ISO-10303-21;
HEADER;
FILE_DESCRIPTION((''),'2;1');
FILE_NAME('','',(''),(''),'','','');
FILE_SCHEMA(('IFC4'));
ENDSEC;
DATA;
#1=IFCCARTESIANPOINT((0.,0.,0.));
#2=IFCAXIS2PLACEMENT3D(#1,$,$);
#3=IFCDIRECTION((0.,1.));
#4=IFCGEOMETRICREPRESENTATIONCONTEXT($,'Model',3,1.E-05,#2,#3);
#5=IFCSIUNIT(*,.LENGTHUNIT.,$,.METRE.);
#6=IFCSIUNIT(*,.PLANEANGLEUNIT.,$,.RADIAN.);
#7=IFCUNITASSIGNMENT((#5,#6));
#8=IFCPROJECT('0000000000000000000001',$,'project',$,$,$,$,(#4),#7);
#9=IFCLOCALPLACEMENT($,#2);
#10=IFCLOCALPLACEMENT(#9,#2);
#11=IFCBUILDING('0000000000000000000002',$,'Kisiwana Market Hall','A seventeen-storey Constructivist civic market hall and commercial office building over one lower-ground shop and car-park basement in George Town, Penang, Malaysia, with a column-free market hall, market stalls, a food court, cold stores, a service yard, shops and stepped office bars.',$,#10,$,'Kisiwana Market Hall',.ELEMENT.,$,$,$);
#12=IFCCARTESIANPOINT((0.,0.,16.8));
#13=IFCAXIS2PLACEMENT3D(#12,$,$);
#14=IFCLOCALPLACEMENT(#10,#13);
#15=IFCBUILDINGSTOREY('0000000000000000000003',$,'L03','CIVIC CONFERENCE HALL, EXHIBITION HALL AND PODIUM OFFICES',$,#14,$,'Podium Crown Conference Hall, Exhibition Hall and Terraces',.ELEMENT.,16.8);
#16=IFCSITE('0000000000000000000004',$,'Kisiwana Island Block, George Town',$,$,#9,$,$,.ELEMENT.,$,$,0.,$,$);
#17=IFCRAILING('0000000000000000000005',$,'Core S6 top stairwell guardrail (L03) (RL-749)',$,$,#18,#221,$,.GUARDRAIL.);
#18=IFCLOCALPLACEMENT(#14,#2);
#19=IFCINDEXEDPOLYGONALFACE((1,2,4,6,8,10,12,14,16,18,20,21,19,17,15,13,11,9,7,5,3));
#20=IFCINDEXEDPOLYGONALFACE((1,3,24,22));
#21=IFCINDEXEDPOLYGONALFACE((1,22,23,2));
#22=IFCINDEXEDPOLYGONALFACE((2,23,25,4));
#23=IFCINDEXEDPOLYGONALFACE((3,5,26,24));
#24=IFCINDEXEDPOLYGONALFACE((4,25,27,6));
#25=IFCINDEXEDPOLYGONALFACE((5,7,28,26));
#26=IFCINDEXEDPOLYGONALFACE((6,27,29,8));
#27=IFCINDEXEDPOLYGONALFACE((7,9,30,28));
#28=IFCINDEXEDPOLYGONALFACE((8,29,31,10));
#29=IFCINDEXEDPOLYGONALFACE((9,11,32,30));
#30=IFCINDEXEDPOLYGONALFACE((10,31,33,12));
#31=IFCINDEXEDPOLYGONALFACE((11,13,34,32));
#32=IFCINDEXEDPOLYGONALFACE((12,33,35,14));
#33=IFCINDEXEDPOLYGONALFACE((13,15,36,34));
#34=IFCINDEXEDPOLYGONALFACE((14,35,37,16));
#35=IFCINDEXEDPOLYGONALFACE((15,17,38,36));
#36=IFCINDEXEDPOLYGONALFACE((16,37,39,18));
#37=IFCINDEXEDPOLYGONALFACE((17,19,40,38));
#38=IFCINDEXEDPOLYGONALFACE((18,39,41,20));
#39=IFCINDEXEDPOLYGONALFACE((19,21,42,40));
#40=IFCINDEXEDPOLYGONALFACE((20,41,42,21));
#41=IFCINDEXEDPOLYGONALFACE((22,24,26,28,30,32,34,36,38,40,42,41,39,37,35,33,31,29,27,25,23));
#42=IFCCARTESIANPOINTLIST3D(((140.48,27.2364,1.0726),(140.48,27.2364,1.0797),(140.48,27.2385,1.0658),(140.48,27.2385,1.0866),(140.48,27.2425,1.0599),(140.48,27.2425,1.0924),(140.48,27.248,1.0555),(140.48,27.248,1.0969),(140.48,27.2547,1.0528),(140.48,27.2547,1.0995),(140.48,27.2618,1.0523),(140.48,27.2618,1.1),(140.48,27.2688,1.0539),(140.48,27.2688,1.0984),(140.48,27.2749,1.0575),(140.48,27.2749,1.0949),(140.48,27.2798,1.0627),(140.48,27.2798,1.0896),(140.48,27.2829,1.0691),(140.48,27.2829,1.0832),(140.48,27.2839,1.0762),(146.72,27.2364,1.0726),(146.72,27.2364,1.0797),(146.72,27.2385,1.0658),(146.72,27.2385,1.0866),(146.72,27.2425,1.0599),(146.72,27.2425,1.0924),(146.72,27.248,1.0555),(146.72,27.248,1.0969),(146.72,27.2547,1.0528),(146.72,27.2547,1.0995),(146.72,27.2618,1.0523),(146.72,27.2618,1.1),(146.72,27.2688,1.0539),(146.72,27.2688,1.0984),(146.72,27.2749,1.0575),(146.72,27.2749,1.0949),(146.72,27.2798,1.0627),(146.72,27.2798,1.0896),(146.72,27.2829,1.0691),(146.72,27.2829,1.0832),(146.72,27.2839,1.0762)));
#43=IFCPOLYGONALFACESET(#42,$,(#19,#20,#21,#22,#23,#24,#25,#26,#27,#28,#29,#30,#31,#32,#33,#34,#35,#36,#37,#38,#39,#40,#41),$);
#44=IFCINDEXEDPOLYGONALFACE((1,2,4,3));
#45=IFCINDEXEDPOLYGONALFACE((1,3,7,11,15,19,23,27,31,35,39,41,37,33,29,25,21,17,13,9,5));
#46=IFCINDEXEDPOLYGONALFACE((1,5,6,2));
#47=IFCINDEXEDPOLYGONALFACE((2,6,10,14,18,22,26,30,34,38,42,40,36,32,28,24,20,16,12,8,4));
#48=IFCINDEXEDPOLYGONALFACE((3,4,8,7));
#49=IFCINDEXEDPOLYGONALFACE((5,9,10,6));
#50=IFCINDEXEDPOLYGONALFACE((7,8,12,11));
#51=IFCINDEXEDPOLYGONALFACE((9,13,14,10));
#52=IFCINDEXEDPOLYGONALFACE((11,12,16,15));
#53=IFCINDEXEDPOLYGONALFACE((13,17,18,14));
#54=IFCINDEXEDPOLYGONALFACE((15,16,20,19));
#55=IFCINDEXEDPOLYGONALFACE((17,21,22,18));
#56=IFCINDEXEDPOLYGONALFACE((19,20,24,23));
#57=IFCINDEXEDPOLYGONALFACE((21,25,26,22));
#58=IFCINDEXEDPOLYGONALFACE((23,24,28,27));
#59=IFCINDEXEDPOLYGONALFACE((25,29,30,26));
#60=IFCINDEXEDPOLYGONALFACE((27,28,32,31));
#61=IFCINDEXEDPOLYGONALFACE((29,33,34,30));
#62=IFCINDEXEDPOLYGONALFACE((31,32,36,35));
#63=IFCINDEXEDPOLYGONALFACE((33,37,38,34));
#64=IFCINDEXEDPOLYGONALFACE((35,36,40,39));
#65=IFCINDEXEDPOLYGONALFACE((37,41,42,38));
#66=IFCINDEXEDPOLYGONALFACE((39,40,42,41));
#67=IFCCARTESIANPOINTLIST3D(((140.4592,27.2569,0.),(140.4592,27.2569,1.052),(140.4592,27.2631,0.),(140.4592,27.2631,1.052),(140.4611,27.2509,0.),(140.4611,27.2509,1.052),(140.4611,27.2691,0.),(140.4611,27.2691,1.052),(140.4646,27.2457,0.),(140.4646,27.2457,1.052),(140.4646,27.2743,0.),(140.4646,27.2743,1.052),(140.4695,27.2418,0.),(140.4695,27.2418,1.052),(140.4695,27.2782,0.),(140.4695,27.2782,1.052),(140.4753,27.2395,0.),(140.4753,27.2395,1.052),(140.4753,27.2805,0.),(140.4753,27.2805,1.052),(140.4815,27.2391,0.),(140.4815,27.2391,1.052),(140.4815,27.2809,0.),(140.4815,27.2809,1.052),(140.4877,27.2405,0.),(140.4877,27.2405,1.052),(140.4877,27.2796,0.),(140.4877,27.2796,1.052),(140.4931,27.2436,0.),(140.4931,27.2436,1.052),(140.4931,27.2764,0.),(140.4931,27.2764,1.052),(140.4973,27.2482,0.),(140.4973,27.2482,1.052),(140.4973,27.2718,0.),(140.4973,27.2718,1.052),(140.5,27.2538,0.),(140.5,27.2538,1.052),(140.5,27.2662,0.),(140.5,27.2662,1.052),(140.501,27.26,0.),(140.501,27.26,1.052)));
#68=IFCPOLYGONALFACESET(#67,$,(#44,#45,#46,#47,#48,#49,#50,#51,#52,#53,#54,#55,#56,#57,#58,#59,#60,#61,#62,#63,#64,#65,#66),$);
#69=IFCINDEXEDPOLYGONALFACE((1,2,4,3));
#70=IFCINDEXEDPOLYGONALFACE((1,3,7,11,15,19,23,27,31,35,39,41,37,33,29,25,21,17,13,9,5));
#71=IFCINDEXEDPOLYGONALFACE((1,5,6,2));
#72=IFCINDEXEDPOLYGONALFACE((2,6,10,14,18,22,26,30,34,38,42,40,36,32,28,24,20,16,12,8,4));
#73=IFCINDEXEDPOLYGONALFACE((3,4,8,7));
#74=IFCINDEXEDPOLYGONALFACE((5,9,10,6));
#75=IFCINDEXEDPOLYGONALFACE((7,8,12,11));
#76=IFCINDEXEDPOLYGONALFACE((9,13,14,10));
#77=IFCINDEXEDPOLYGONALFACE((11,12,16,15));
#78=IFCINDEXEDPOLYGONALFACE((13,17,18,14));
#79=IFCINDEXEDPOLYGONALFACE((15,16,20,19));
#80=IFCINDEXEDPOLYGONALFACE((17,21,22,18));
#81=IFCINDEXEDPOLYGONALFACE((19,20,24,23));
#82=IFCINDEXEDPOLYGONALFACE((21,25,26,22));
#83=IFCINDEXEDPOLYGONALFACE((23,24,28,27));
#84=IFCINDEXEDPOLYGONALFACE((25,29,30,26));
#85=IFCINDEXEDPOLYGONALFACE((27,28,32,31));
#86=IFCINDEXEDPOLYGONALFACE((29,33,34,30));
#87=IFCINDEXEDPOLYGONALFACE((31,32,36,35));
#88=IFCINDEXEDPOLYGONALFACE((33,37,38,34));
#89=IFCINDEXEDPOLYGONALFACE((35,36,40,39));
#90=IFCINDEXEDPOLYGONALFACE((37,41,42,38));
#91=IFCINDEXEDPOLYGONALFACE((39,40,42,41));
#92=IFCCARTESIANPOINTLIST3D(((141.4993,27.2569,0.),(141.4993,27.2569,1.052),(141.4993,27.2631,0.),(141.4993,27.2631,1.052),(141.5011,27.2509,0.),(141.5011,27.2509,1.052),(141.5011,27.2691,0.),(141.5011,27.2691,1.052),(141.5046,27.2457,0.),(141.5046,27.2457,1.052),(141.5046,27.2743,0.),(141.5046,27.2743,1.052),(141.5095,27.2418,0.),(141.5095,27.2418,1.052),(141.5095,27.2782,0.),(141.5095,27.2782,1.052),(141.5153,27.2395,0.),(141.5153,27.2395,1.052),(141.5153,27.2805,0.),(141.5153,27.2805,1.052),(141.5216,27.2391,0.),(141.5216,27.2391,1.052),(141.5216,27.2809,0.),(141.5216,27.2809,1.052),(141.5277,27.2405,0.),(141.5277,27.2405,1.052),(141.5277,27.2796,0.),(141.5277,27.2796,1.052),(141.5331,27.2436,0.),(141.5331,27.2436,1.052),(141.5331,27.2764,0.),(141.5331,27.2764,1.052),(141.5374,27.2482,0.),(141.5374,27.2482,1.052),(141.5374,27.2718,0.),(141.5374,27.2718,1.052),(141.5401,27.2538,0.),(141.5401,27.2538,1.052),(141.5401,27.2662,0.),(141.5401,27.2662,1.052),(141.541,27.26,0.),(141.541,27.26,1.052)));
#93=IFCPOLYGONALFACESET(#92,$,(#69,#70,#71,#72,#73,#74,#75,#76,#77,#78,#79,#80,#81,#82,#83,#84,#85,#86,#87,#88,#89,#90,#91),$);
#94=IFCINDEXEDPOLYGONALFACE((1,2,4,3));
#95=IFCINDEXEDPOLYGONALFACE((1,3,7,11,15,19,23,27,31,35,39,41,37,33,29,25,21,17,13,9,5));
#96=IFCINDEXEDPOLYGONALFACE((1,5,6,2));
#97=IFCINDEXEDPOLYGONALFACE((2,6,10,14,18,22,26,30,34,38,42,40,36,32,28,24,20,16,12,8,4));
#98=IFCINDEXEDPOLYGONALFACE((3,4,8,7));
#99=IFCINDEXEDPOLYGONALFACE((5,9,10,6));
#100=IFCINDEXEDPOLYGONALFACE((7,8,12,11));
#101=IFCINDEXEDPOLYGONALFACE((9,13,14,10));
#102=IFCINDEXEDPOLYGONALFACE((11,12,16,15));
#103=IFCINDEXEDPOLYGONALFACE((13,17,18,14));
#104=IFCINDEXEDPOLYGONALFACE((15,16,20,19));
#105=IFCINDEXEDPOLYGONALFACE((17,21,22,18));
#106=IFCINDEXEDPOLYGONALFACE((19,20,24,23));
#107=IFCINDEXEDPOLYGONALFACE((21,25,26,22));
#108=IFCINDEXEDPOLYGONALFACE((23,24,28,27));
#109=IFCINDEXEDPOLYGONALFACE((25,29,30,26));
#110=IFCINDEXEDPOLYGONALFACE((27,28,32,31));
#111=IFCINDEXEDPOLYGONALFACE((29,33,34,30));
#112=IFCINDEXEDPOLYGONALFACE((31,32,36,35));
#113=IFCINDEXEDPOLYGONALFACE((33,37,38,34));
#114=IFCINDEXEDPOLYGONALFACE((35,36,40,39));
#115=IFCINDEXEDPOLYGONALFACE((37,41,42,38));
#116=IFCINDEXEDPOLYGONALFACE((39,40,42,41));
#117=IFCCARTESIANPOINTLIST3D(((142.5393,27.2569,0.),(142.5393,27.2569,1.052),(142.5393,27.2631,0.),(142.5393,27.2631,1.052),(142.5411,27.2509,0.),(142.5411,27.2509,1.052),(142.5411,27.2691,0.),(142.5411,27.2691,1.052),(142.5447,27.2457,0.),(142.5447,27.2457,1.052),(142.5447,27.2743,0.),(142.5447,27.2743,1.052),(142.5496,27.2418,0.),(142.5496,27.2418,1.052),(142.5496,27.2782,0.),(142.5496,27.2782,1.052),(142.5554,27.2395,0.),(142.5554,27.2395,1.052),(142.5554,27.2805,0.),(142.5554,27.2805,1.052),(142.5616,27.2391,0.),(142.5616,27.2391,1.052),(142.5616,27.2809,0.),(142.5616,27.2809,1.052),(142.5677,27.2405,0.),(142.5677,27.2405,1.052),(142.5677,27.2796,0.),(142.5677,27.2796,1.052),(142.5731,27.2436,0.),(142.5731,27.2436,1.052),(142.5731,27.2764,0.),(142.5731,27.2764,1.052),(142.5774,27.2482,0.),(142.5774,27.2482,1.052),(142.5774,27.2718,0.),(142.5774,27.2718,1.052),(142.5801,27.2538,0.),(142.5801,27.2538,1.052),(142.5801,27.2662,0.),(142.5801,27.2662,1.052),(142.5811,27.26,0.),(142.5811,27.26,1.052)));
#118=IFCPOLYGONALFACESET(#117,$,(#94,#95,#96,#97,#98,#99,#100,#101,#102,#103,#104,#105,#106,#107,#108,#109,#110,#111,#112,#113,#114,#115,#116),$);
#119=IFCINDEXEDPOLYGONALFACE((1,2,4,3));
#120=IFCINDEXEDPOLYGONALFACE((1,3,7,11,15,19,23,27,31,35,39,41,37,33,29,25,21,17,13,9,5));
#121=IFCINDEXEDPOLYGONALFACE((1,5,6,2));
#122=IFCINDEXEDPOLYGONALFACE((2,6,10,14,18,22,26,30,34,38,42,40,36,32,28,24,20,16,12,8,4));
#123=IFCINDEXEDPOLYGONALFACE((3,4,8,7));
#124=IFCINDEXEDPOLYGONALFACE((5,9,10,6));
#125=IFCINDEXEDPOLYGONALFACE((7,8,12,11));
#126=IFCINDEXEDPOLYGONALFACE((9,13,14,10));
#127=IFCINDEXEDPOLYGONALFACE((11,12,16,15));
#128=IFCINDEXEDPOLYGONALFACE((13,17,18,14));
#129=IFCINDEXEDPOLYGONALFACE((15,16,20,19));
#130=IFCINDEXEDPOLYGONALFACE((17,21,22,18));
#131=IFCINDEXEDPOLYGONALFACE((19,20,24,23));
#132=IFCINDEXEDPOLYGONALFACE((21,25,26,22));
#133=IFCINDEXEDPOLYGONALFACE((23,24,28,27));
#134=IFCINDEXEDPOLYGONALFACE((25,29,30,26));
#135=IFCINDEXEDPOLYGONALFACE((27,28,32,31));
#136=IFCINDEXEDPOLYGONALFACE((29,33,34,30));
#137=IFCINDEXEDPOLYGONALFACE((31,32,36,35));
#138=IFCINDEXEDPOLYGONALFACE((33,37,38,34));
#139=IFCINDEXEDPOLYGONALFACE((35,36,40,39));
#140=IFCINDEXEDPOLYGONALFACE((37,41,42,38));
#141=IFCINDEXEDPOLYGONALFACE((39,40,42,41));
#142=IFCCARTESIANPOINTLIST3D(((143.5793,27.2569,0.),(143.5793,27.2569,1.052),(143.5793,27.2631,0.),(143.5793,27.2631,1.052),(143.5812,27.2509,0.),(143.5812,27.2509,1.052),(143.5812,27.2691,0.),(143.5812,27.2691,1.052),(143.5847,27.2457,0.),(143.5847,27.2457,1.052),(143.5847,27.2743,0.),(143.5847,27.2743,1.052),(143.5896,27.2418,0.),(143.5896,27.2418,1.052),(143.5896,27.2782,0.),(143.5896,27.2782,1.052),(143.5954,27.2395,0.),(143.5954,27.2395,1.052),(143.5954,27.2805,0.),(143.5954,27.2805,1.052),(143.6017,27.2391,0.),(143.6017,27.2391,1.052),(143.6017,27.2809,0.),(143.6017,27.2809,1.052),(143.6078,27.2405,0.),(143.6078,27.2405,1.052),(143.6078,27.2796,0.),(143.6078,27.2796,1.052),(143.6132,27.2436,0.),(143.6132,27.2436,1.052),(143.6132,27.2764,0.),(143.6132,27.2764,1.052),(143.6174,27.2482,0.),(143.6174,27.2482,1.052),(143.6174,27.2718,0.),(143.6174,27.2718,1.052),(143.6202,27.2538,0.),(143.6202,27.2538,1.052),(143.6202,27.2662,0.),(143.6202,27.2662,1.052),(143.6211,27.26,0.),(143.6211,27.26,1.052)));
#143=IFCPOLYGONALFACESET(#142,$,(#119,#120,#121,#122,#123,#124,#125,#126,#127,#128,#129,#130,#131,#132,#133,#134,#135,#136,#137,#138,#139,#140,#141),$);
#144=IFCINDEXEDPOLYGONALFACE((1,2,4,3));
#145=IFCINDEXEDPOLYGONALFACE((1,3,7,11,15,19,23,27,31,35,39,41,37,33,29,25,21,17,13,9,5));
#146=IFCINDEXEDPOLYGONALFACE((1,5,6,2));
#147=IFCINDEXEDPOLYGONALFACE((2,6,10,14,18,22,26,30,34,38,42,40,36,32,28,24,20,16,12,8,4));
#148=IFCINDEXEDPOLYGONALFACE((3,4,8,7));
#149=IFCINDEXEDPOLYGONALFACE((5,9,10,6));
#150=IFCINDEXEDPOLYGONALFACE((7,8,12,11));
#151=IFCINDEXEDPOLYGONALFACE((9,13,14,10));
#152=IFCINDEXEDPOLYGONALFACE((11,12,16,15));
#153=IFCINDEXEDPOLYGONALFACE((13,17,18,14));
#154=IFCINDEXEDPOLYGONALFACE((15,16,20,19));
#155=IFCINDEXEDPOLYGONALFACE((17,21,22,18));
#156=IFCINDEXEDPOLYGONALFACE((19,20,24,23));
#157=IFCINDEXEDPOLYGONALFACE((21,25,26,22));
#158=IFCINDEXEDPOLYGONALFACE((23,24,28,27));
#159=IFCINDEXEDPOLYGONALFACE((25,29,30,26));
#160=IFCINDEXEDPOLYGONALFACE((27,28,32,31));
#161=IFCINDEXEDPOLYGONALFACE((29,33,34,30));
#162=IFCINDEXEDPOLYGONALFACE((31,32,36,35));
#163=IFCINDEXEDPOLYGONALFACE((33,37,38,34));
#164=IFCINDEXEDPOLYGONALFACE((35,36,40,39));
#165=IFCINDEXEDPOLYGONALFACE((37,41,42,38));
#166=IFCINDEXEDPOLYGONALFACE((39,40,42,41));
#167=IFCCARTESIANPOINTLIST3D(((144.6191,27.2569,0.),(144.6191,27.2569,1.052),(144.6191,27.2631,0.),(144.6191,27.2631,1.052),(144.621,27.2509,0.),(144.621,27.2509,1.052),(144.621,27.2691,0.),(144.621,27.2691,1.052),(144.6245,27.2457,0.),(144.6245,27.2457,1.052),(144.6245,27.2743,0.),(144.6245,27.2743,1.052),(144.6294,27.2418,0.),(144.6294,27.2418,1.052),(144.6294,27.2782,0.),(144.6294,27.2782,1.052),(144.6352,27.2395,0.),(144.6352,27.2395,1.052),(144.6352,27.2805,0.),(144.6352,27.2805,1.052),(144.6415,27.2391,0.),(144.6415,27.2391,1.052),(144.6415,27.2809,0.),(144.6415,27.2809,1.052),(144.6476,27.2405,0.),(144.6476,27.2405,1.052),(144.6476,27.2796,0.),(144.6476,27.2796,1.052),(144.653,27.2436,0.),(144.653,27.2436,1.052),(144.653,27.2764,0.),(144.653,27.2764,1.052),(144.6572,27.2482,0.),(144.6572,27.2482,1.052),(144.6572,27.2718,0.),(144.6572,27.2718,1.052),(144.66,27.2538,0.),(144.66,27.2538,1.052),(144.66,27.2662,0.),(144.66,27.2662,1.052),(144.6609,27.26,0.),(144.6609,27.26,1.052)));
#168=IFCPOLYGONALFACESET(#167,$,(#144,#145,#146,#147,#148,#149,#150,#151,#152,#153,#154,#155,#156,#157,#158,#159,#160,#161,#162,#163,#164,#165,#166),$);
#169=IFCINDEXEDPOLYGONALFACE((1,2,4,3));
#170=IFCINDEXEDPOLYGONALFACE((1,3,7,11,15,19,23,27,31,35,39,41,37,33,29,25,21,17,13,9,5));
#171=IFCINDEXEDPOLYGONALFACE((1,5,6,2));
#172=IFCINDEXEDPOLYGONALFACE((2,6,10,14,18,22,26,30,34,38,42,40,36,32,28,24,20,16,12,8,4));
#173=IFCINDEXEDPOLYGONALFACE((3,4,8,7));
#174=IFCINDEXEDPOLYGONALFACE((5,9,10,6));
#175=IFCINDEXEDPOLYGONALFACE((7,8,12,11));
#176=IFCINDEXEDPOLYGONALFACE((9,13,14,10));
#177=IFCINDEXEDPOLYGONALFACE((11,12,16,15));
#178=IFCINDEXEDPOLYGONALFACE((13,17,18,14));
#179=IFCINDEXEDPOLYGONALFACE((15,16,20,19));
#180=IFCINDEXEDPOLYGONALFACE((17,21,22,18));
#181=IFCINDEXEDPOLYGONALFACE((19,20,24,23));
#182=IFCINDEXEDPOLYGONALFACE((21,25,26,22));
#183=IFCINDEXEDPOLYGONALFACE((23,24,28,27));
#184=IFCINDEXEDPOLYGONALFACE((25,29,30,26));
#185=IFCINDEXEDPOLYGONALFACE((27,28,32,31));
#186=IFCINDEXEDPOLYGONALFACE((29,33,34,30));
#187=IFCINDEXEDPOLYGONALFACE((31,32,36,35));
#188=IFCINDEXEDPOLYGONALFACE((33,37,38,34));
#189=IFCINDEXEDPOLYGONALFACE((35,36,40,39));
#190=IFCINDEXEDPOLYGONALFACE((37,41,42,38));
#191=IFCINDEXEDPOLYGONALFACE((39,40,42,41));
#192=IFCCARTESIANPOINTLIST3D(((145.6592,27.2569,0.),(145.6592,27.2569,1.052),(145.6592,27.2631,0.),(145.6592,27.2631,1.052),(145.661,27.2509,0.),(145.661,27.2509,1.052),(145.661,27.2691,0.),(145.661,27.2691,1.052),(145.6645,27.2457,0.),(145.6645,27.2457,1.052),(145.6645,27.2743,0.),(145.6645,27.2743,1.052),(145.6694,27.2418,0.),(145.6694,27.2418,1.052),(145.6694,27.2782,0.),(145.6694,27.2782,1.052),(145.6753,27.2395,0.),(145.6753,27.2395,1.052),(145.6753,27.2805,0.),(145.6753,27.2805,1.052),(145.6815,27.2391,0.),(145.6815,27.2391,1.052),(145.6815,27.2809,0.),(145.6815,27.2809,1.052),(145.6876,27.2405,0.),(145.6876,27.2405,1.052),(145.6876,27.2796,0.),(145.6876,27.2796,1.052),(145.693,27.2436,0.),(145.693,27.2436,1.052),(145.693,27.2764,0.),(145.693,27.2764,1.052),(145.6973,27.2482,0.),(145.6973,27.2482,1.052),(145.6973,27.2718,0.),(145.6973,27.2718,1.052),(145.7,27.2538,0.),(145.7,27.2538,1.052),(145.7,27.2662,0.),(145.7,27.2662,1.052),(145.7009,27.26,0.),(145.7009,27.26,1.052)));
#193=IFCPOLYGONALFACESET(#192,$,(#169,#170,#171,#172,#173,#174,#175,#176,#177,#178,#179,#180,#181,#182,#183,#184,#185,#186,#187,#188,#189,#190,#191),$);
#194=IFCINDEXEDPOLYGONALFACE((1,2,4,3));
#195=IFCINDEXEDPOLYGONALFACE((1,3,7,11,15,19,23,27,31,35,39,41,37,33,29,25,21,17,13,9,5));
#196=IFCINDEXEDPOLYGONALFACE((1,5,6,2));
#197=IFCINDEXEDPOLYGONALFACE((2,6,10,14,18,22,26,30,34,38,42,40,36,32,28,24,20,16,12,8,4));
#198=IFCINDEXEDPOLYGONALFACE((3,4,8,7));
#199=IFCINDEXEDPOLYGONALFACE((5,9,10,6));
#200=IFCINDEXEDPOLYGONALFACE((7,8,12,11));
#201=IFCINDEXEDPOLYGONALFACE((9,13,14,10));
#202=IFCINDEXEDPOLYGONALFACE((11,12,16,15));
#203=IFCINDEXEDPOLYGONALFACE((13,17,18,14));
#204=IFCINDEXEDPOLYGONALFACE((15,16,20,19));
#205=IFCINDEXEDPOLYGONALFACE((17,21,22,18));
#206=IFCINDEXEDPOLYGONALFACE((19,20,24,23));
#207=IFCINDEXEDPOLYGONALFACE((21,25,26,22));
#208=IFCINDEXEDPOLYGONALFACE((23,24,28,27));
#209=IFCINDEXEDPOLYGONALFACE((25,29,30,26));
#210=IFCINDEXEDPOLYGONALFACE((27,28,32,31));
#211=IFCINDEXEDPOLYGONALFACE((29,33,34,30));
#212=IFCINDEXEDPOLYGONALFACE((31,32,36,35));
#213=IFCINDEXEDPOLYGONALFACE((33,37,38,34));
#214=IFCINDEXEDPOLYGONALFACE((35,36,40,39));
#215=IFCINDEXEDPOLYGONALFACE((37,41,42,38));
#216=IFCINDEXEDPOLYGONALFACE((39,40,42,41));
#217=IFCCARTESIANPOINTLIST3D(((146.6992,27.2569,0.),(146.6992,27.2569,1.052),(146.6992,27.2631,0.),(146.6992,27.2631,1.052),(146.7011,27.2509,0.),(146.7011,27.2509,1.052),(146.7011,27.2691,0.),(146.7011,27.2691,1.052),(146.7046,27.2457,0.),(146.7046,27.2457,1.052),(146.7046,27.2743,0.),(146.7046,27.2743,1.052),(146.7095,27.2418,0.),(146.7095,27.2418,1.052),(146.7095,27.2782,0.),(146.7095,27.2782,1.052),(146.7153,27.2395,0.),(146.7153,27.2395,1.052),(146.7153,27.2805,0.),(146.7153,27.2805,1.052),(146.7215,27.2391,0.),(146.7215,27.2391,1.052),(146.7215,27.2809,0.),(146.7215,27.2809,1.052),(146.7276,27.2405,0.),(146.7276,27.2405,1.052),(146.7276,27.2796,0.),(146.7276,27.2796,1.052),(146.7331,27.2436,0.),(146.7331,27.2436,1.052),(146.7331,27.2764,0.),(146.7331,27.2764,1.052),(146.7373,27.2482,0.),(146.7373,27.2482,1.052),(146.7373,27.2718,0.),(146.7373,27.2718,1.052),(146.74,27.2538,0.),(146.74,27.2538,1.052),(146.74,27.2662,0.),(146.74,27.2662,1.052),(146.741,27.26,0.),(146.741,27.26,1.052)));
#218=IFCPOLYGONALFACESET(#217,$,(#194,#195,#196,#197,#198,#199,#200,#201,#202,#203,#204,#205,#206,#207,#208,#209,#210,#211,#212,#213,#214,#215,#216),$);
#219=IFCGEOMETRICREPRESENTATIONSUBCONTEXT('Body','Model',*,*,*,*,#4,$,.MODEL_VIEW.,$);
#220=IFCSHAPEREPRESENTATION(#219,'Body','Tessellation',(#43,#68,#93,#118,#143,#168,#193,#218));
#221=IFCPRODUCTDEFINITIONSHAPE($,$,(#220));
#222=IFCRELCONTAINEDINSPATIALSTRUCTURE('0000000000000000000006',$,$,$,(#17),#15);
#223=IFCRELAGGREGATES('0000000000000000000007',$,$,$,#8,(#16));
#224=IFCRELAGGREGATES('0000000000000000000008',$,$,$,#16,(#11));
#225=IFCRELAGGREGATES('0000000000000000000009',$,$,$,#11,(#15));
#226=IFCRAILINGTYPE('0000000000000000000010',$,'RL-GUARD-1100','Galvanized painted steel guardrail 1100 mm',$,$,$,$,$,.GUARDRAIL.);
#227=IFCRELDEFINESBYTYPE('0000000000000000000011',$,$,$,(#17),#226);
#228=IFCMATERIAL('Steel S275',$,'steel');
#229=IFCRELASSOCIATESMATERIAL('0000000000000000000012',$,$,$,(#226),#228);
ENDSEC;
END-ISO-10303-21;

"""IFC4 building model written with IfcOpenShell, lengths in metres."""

from ifc_helpers import new_model, si_unit, direction, frame, origin, origin_2d, place, context, subcontext, project, spatial, circle, extrude, material, type_object, element, save


model = new_model("IFC4")

# Units and contexts
model_context = context("Model", 3, precision=1e-05, world=origin(), true_north=direction((0.0, 1.0)))
body_context = subcontext(model_context, "Body", "Model", "MODEL_VIEW")
ifc_project = project(units=[si_unit("LENGTHUNIT", "METRE"), si_unit("PLANEANGLEUNIT", "RADIAN")], contexts=[model_context])

# Site, building, storey
site_placement = place(None, origin())
site = spatial("IfcSite", under=ifc_project, at=site_placement, Name="Kisiwana Island Block, George Town", CompositionType="ELEMENT", RefElevation=0.0)
building_placement = place(site_placement, origin())
building = spatial("IfcBuilding", under=site, at=building_placement, Name="Kisiwana Market Hall", Description="A seventeen-storey Constructivist civic market hall and commercial office building over one lower-ground shop and car-park basement in George Town, Penang, Malaysia, with a column-free market hall, market stalls, a food court, cold stores, a service yard, shops and stepped office bars.", LongName="Kisiwana Market Hall", CompositionType="ELEMENT")
storey_placement = place(building_placement, frame((0.0, 0.0, 16.8)))
storey = spatial("IfcBuildingStorey", under=building, at=storey_placement, Name="L03", Description="CIVIC CONFERENCE HALL, EXHIBITION HALL AND PODIUM OFFICES", LongName="Podium Crown Conference Hall, Exhibition Hall and Terraces", CompositionType="ELEMENT", Elevation=16.8)

# Railing
ifc_material_1 = material(Name="Steel S275", Category="steel")
railing_type = type_object("IfcRailingType", Name="RL-GUARD-1100", Description="Galvanized painted steel guardrail 1100 mm", PredefinedType="GUARDRAIL", material=ifc_material_1)
railing_placement = place(storey_placement, frame((140.48, 27.26, 0.0)))
element("IfcRailing", 1, at=railing_placement, inside=storey, type_object=railing_type, Name="Core S6 top stairwell guardrail (L03) (RL-749)", PredefinedType="GUARDRAIL", context=body_context, shape_type="SweptSolid", body=[
    extrude(circle(Radius=0.0239, at=origin_2d()), frame((0.0, 0.0, 1.0762), z_axis=(1.0, 0.0, 0.0), x_axis=(0.0, 1.0, 0.0)), (0.0, 0.0, 1.0), 6.24),
    extrude(circle(Radius=0.021, at=origin_2d()), origin(), (0.0, 0.0, 1.0), 1.052),
    extrude(circle(Radius=0.021, at=origin_2d()), frame((1.04, 0.0, 0.0)), (0.0, 0.0, 1.0), 1.052),
    extrude(circle(Radius=0.021, at=origin_2d()), frame((2.0801, 0.0, 0.0)), (0.0, 0.0, 1.0), 1.052),
    extrude(circle(Radius=0.021, at=origin_2d()), frame((3.1201, 0.0, 0.0)), (0.0, 0.0, 1.0), 1.052),
    extrude(circle(Radius=0.021, at=origin_2d()), frame((4.1599, 0.0, 0.0)), (0.0, 0.0, 1.0), 1.052),
    extrude(circle(Radius=0.021, at=origin_2d()), frame((5.2, 0.0, 0.0)), (0.0, 0.0, 1.0), 1.052),
    extrude(circle(Radius=0.021, at=origin_2d()), frame((6.24, 0.0, 0.0)), (0.0, 0.0, 1.0), 1.052),
])

save(model, "model.ifc")
